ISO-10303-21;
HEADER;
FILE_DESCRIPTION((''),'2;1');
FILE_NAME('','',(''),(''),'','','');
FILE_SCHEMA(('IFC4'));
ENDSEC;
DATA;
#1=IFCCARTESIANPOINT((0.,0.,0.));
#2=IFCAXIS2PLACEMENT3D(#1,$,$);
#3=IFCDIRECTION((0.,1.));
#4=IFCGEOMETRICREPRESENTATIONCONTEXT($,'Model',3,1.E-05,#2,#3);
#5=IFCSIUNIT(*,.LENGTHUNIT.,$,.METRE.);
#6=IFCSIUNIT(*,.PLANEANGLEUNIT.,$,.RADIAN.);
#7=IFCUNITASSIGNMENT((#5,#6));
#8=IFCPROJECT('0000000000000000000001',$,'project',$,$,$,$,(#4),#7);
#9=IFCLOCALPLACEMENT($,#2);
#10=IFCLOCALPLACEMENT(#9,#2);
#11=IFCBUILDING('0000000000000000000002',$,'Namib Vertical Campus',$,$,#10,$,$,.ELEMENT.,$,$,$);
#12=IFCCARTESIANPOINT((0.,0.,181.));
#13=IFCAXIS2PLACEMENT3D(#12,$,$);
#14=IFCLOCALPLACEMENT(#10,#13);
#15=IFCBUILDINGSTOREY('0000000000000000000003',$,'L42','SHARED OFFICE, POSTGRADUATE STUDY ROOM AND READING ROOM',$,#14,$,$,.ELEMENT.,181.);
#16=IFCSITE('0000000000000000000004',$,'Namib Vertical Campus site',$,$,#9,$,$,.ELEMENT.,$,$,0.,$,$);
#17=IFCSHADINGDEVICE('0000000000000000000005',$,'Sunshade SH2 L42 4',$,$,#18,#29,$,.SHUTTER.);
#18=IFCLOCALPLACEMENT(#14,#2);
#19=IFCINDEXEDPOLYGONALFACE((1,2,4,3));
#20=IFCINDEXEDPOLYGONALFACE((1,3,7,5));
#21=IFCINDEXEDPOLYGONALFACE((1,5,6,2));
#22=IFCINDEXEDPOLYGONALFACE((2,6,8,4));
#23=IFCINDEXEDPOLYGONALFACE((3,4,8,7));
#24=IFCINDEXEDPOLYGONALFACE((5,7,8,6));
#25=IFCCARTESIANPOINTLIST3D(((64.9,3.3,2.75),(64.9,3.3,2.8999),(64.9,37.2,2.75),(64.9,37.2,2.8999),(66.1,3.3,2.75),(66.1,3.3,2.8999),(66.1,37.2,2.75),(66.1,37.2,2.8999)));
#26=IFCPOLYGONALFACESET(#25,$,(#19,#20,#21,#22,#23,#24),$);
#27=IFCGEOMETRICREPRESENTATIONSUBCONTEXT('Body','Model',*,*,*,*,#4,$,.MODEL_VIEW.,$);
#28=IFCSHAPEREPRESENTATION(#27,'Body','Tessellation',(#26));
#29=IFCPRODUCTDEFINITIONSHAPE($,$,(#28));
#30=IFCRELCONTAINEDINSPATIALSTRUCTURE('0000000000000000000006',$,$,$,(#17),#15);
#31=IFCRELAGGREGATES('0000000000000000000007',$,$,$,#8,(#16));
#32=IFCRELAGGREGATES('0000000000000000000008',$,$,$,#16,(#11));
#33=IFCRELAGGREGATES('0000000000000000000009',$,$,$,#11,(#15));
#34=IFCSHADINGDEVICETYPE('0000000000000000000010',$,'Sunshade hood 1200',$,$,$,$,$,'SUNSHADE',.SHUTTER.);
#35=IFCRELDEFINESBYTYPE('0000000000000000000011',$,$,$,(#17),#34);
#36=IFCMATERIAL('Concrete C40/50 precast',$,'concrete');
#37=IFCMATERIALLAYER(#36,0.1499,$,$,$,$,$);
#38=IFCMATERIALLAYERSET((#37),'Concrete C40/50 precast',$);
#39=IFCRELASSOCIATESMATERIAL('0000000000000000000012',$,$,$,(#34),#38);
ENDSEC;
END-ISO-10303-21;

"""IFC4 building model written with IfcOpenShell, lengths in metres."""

from ifc_helpers import new_model, si_unit, direction, frame, origin, origin_2d, place, context, subcontext, project, spatial, rectangle, extrude, material, layer, layer_set, type_object, element, save


model = new_model("IFC4")

# Units and contexts
model_context = context("Model", 3, precision=1e-05, world=origin(), true_north=direction((0.0, 1.0)))
body_context = subcontext(model_context, "Body", "Model", "MODEL_VIEW")
ifc_project = project(units=[si_unit("LENGTHUNIT", "METRE"), si_unit("PLANEANGLEUNIT", "RADIAN")], contexts=[model_context])

# Site, building, storey
site_placement = place(None, origin())
site = spatial("IfcSite", under=ifc_project, at=site_placement, Name="Namib Vertical Campus site", CompositionType="ELEMENT", RefElevation=0.0)
building_placement = place(site_placement, origin())
building = spatial("IfcBuilding", under=site, at=building_placement, Name="Namib Vertical Campus", CompositionType="ELEMENT")
storey_placement = place(building_placement, frame((0.0, 0.0, 181.0)))
storey = spatial("IfcBuildingStorey", under=building, at=storey_placement, Name="L42", Description="SHARED OFFICE, POSTGRADUATE STUDY ROOM AND READING ROOM", CompositionType="ELEMENT", Elevation=181.0)

# Shading device
ifc_material_1 = material(Name="Concrete C40/50 precast", Category="concrete")
ifc_layer_1 = layer(ifc_material_1, 0.1499)
ifc_layer_set_1 = layer_set([ifc_layer_1], Name="Concrete C40/50 precast")
shading_device_type = type_object("IfcShadingDeviceType", Name="Sunshade hood 1200", ElementType="SUNSHADE", PredefinedType="SHUTTER", material=ifc_layer_set_1)
shading_device_placement = place(storey_placement, frame((65.5, 20.25, 2.75), z_axis=(0.0, 0.0, 1.0), x_axis=(0.0, -1.0, 0.0)))
element("IfcShadingDevice", 1, at=shading_device_placement, inside=storey, type_object=shading_device_type, Name="Sunshade SH2 L42 4", PredefinedType="SHUTTER", context=body_context, shape_type="SweptSolid", body=[
    extrude(rectangle(XDim=33.8999, YDim=1.2, at=origin_2d()), origin(), (0.0, 0.0, 1.0), 0.1499),
])

save(model, "model.ifc")
